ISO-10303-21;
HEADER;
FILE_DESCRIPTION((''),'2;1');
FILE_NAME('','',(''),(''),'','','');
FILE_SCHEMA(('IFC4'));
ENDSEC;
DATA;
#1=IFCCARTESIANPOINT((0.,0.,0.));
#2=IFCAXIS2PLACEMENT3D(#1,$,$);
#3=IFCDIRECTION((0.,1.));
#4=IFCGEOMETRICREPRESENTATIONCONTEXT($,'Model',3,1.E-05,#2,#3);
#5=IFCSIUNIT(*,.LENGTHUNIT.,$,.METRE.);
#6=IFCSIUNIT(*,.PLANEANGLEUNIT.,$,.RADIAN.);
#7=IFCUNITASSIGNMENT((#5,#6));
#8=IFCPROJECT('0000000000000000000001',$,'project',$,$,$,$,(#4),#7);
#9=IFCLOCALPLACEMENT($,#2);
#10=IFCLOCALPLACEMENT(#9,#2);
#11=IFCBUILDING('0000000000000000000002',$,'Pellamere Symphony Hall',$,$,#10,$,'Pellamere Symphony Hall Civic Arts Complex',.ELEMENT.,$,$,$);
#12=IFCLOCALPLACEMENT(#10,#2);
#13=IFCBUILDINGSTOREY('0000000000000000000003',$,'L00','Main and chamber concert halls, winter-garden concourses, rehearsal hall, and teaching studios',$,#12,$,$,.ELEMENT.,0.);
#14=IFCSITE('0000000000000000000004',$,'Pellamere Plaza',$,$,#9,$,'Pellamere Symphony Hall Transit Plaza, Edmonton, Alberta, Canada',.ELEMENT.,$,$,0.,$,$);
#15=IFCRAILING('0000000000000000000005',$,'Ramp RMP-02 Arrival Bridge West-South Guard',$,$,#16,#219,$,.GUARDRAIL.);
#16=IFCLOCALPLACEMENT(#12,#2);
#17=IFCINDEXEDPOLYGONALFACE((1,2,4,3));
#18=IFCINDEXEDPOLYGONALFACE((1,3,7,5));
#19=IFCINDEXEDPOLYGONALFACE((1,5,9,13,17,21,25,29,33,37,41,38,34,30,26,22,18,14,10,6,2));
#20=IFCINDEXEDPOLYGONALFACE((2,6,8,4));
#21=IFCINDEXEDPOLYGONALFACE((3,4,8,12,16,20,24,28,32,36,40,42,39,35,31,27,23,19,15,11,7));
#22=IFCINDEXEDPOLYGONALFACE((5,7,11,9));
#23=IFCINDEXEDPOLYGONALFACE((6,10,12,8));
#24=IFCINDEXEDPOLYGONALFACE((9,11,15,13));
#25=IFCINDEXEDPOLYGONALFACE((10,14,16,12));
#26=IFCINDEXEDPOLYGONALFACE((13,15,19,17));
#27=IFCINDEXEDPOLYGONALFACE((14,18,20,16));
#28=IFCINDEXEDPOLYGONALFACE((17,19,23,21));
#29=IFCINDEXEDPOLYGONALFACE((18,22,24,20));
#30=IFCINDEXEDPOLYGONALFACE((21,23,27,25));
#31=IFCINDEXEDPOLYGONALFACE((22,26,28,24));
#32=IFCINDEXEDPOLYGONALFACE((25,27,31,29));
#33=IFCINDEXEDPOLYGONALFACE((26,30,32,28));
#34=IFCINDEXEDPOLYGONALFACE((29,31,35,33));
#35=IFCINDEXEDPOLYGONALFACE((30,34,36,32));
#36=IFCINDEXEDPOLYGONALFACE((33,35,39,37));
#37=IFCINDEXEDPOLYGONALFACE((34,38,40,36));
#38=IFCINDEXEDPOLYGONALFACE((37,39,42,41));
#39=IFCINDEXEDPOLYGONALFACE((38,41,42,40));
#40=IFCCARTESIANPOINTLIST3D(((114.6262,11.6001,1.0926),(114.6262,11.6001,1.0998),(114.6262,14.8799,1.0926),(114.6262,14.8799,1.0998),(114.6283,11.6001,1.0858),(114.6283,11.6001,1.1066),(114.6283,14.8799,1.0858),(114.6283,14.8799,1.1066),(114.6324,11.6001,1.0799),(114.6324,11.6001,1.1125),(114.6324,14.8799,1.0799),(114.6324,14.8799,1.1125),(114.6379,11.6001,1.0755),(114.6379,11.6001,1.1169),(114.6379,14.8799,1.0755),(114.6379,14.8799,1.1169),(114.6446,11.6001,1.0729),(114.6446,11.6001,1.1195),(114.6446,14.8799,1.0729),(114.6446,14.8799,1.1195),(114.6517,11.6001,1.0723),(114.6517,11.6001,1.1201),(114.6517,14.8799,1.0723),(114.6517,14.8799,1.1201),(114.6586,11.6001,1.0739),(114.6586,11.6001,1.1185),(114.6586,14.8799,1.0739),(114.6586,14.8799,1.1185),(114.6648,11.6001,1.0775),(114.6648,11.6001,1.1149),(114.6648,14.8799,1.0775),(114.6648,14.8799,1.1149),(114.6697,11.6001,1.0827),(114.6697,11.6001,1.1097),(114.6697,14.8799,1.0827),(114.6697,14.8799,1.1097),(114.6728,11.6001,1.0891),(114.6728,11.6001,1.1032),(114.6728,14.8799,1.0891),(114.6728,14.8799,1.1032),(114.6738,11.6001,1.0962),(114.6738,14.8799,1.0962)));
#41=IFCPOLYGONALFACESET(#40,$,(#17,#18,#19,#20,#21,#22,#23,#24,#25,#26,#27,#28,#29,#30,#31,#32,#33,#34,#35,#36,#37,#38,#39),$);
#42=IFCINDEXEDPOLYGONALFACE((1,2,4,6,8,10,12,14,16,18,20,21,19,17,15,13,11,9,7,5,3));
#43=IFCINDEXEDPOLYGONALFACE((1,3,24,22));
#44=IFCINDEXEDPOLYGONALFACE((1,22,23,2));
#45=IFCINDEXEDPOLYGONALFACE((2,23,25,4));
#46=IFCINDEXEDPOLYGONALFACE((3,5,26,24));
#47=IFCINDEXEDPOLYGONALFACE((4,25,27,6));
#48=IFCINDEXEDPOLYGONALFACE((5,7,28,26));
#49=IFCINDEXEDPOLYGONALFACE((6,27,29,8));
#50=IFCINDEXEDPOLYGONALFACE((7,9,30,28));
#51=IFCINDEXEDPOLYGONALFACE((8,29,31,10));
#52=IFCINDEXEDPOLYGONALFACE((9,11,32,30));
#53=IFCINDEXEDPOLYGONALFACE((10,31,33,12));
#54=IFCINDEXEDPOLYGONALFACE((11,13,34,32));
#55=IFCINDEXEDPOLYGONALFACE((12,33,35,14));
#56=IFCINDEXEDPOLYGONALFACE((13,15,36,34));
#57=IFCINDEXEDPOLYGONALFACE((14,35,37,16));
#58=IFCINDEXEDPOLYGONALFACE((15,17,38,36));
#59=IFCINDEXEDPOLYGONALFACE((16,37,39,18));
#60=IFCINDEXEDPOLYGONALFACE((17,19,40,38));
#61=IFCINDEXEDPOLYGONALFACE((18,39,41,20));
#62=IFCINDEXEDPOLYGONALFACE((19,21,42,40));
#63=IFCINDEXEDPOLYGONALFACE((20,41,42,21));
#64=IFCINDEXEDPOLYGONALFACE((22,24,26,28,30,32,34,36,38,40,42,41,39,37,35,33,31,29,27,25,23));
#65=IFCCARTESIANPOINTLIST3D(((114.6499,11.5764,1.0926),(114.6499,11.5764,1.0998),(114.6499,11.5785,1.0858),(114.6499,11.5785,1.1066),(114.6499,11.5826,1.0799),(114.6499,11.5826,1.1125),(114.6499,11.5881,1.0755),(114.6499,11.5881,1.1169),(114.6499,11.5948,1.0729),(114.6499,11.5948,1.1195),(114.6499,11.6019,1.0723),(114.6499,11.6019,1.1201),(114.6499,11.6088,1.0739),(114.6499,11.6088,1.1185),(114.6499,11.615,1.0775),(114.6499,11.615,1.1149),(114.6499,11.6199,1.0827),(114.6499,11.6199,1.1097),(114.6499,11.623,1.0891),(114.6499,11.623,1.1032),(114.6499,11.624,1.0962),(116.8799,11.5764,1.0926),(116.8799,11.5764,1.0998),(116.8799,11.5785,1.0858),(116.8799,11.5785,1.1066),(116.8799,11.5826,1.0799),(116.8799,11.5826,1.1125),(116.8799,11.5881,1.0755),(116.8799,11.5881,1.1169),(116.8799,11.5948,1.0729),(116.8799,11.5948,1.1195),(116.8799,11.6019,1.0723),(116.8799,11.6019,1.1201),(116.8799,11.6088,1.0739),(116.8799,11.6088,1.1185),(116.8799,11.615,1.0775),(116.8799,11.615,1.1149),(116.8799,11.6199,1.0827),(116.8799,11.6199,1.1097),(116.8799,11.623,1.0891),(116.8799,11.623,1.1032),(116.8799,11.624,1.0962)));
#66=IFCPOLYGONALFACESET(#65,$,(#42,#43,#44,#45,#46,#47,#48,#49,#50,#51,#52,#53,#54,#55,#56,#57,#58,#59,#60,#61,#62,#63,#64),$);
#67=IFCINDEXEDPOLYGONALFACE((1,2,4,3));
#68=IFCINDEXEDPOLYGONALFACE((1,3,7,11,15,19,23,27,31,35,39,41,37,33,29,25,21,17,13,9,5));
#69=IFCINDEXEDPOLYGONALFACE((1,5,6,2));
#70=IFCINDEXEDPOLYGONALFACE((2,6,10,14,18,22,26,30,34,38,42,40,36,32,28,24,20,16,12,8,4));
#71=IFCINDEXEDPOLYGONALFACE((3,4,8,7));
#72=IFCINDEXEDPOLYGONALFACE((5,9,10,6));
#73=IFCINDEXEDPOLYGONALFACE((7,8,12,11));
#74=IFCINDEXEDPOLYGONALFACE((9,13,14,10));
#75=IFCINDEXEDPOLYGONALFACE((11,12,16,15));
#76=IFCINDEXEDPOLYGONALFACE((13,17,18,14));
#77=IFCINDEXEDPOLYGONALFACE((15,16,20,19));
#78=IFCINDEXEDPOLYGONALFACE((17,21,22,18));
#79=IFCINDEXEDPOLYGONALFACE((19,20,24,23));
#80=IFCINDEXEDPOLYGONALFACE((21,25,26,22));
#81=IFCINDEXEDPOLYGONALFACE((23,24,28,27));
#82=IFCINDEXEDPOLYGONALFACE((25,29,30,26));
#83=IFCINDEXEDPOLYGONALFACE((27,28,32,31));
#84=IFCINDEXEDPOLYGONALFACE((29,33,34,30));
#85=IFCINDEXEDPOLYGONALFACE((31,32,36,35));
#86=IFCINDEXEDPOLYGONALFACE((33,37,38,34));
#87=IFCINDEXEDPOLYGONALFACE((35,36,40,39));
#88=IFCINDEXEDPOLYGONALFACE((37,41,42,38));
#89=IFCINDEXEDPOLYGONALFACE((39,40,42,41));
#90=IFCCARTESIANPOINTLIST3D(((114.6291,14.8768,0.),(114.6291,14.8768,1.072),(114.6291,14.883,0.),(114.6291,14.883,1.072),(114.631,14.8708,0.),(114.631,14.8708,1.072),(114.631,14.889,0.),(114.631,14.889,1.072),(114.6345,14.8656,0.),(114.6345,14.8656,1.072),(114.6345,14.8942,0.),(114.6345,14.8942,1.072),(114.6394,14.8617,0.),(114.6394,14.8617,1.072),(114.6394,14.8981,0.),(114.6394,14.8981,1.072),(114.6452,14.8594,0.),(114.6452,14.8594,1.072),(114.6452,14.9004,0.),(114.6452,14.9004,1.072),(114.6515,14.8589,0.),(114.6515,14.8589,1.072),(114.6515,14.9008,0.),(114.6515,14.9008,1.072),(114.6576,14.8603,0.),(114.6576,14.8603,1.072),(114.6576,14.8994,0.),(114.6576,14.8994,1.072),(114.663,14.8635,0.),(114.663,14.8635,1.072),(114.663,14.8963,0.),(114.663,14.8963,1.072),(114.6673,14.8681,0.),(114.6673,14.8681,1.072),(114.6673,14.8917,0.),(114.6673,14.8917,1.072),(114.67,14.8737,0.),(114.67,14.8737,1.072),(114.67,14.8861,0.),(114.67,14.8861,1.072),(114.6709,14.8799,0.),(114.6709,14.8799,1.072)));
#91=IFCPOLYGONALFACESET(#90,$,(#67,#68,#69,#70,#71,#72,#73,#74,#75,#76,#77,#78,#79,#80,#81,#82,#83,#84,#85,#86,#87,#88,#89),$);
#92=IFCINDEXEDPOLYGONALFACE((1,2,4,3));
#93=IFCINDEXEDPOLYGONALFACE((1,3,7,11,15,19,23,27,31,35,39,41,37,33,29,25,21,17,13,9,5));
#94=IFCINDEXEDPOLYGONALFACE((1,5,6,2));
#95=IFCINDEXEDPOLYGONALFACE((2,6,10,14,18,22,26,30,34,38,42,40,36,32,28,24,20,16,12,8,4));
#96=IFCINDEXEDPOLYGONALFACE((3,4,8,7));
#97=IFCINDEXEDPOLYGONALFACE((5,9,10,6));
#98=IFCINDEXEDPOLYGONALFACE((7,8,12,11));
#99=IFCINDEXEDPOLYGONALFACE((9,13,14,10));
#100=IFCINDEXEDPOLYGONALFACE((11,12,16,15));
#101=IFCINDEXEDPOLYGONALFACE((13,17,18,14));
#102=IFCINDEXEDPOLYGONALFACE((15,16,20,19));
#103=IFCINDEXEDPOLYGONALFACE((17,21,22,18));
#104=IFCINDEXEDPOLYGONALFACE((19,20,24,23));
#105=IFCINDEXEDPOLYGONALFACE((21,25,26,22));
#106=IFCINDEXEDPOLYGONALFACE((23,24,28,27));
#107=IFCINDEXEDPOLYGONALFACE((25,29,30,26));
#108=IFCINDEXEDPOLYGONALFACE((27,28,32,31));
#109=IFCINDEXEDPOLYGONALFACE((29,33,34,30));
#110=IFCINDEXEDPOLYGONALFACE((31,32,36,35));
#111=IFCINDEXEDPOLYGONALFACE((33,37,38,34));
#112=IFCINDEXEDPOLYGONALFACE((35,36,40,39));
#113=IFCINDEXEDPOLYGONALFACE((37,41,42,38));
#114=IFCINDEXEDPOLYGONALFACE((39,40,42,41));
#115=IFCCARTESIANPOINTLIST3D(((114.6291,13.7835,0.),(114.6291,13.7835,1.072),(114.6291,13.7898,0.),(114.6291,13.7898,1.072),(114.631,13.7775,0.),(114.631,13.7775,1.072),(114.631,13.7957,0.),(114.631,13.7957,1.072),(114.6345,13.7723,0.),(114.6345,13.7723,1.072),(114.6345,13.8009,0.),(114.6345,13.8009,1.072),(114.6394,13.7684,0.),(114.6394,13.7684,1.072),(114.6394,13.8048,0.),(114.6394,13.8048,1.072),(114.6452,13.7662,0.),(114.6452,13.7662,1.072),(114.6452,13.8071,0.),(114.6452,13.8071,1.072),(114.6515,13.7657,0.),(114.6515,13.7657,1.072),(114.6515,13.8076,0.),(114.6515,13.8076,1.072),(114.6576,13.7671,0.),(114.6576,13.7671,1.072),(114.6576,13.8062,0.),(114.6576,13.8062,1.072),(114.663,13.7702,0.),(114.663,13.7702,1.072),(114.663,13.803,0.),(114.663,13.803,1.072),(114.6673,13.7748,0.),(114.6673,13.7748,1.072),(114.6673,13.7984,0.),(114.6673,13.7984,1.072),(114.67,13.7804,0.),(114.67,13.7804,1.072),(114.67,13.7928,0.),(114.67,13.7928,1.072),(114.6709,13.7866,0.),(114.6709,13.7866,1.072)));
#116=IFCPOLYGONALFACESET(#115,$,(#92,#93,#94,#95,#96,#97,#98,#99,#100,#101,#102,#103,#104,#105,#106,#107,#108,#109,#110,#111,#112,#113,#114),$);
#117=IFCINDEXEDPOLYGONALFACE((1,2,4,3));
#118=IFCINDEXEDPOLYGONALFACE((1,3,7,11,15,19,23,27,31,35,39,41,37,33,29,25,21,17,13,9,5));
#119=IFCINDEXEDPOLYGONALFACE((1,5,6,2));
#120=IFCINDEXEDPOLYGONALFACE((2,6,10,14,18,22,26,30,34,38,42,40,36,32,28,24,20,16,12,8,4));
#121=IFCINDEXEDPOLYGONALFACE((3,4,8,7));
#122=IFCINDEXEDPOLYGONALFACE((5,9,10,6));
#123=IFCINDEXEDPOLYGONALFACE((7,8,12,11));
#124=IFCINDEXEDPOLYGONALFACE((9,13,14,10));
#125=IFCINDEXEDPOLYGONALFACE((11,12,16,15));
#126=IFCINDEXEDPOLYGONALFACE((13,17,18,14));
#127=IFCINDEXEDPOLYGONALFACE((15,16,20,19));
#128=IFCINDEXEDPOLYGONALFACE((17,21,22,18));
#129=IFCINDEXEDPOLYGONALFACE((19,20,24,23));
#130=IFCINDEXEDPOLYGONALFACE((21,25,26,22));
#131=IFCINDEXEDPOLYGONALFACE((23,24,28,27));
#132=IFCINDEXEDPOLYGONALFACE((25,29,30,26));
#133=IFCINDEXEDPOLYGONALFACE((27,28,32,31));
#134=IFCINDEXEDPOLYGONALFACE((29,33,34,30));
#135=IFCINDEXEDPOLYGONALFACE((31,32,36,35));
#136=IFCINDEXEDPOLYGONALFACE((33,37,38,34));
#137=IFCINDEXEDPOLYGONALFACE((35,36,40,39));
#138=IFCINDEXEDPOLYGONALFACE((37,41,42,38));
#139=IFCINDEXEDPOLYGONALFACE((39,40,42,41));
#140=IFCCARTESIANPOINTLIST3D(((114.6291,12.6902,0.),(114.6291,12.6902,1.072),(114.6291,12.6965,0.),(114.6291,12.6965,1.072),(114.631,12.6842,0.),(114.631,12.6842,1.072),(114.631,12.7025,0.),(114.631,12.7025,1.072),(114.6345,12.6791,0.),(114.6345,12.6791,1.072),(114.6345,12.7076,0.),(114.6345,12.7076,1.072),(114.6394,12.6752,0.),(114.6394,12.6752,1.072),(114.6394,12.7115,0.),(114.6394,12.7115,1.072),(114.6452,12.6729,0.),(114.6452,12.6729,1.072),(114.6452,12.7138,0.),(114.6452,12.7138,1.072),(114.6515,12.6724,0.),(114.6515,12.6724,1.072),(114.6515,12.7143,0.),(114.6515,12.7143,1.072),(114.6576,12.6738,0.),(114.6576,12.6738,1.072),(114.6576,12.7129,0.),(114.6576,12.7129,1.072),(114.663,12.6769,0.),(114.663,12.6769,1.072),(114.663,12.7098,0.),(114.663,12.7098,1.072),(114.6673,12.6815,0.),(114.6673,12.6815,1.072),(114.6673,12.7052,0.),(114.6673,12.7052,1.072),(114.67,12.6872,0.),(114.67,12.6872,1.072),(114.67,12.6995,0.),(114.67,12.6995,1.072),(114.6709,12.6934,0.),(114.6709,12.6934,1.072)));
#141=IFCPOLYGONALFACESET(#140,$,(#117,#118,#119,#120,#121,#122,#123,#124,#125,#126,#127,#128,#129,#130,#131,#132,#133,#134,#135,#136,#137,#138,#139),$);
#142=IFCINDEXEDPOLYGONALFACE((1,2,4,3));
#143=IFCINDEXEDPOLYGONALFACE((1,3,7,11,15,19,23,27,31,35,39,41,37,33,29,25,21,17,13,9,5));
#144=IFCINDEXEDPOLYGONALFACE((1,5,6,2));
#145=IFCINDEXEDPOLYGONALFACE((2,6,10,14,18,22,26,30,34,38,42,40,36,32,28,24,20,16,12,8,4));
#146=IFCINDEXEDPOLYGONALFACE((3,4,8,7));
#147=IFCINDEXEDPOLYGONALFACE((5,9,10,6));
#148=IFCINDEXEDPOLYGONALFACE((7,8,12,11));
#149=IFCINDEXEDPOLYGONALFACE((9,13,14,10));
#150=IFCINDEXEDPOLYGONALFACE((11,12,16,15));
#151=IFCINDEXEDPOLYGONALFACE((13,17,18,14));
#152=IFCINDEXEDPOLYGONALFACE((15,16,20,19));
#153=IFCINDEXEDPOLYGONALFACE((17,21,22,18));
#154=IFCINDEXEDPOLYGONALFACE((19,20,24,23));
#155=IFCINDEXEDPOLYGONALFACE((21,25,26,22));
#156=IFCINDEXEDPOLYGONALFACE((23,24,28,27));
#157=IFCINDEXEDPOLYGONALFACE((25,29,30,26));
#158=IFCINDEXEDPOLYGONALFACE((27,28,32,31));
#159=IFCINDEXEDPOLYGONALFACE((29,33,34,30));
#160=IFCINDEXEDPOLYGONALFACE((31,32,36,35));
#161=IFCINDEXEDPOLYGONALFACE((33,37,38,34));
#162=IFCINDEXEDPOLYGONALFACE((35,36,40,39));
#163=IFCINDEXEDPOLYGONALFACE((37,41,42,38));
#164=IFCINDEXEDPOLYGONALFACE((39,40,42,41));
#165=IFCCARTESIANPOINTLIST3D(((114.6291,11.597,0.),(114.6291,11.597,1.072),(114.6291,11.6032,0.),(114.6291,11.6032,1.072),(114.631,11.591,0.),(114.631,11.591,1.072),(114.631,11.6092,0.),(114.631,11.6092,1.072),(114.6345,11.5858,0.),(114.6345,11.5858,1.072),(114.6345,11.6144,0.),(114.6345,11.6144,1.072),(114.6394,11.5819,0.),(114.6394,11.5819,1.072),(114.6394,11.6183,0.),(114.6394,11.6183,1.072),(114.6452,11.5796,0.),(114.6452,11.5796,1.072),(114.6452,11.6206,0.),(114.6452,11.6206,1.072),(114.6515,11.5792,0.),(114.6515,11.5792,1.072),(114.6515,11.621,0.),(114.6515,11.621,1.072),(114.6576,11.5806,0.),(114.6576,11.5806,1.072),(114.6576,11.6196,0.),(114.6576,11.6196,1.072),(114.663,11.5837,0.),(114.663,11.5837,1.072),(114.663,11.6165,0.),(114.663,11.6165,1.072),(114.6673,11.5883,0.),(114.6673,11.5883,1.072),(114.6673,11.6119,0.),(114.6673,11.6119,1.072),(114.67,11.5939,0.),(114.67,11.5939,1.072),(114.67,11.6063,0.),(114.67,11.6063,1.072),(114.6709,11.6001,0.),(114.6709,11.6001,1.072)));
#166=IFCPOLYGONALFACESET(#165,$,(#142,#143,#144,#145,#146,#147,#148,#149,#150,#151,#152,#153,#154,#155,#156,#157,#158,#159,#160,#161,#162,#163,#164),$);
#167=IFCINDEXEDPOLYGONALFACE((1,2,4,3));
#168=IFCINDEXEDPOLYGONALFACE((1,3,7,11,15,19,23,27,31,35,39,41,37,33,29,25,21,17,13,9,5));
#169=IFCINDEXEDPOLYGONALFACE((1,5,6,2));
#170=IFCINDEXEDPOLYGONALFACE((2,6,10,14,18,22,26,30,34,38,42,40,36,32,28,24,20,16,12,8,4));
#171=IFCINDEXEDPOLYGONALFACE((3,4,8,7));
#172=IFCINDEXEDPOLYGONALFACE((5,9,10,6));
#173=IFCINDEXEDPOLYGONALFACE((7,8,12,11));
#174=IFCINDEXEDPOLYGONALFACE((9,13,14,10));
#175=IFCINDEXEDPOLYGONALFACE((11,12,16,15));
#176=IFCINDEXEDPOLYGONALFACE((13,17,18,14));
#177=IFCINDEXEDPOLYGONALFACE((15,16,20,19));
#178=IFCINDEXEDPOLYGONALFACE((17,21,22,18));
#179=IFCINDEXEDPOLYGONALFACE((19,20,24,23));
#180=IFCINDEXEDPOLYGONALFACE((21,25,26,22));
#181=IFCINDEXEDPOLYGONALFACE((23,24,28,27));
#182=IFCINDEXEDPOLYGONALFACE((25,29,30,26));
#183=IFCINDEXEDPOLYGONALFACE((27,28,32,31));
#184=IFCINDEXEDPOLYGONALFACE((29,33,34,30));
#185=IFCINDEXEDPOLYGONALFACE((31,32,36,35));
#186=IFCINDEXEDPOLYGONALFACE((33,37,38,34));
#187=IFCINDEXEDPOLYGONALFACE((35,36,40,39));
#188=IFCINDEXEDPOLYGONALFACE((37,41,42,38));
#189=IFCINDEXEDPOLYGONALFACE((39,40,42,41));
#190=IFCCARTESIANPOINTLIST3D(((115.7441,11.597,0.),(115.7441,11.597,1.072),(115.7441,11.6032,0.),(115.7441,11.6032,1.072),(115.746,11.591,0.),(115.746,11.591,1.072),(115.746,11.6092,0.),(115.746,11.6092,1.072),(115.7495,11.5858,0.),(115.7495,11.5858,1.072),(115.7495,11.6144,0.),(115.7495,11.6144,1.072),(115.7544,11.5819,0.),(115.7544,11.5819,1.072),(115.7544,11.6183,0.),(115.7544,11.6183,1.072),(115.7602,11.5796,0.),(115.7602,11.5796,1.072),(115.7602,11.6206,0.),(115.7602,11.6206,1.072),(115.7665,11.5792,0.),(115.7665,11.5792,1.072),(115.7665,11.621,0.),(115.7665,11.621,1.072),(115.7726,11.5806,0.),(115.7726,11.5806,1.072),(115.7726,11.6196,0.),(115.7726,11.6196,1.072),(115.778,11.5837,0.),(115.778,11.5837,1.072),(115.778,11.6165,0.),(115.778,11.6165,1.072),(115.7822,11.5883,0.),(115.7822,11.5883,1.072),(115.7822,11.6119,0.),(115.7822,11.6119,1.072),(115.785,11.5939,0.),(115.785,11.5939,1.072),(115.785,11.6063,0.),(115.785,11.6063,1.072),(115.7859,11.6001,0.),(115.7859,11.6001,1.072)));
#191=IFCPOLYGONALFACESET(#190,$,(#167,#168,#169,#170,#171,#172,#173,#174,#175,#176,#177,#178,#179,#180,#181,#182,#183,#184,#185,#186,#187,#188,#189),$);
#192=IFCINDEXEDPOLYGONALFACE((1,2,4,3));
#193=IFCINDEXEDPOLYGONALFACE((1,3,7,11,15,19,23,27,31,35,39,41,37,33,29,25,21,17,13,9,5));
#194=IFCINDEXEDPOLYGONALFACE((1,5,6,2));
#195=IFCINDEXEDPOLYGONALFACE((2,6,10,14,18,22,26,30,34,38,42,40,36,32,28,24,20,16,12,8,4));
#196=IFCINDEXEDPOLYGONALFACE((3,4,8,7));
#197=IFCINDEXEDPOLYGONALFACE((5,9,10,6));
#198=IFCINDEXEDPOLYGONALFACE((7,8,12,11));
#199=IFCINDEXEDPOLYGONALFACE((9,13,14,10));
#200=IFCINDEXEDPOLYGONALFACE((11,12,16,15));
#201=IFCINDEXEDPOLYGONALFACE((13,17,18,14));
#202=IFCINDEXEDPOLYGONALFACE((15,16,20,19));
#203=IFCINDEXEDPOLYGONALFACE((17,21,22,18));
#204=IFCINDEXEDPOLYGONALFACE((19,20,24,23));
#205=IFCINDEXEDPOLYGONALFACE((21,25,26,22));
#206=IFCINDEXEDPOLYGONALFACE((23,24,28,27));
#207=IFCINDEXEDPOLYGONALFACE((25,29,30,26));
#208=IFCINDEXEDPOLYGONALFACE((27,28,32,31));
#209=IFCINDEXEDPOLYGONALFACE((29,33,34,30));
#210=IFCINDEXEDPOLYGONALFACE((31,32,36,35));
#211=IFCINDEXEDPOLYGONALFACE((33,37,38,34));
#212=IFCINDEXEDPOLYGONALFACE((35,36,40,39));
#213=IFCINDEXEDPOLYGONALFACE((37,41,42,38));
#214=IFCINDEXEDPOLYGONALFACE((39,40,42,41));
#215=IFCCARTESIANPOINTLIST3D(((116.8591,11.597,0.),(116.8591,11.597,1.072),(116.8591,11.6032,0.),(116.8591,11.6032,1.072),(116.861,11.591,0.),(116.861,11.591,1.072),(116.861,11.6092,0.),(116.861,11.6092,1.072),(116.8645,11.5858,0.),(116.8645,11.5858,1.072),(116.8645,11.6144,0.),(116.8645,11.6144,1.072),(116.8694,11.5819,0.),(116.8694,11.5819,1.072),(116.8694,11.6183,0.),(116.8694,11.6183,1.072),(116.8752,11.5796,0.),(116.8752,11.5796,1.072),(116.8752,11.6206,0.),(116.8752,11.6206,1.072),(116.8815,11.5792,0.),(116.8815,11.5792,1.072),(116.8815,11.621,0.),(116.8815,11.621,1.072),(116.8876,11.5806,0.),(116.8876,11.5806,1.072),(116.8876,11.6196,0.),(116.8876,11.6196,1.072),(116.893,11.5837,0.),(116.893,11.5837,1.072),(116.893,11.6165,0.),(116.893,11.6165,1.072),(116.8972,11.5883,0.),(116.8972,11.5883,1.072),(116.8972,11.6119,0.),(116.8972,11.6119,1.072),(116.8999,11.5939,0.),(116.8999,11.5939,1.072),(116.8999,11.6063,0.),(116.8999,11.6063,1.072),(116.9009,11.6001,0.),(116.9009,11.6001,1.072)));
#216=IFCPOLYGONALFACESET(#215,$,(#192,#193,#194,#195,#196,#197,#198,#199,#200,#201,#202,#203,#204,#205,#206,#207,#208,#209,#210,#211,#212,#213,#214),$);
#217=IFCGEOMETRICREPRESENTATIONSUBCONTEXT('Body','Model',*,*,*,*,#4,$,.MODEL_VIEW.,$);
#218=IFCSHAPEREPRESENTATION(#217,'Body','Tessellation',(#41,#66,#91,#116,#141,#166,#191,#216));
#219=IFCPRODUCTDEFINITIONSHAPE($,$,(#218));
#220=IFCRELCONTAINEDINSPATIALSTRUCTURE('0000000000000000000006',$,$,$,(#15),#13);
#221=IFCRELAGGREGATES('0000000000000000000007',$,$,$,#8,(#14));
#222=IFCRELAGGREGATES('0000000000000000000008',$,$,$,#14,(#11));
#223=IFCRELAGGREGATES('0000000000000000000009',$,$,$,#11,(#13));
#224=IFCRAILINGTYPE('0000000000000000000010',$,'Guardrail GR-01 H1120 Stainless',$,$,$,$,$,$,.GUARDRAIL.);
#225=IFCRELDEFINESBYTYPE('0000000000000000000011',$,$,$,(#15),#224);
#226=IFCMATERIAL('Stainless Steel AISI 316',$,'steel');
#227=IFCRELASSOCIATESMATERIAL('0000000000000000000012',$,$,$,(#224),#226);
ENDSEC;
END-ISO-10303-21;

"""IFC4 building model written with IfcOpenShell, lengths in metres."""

from ifc_helpers import new_model, si_unit, direction, frame, origin, origin_2d, place, context, subcontext, project, spatial, circle, extrude, material, type_object, element, save


model = new_model("IFC4")

# Units and contexts
model_context = context("Model", 3, precision=1e-05, world=origin(), true_north=direction((0.0, 1.0)))
body_context = subcontext(model_context, "Body", "Model", "MODEL_VIEW")
ifc_project = project(units=[si_unit("LENGTHUNIT", "METRE"), si_unit("PLANEANGLEUNIT", "RADIAN")], contexts=[model_context])

# Site, building, storey
site_placement = place(None, origin())
site = spatial("IfcSite", under=ifc_project, at=site_placement, Name="Pellamere Plaza", LongName="Pellamere Symphony Hall Transit Plaza, Edmonton, Alberta, Canada", CompositionType="ELEMENT", RefElevation=0.0)
building_placement = place(site_placement, origin())
building = spatial("IfcBuilding", under=site, at=building_placement, Name="Pellamere Symphony Hall", LongName="Pellamere Symphony Hall Civic Arts Complex", CompositionType="ELEMENT")
storey_placement = place(building_placement, origin())
storey = spatial("IfcBuildingStorey", under=building, at=storey_placement, Name="L00", Description="Main and chamber concert halls, winter-garden concourses, rehearsal hall, and teaching studios", CompositionType="ELEMENT", Elevation=0.0)

# Railing
ifc_material_1 = material(Name="Stainless Steel AISI 316", Category="steel")
railing_type_1 = type_object("IfcRailingType", Name="Guardrail GR-01 H1120 Stainless", PredefinedType="GUARDRAIL", material=ifc_material_1)
railing_1_placement = place(storey_placement, frame((114.6499, 14.8799, 0.0)))
element("IfcRailing", 1, at=railing_1_placement, inside=storey, type_object=railing_type_1, Name="Ramp RMP-02 Arrival Bridge West-South Guard", PredefinedType="GUARDRAIL", context=body_context, shape_type="SweptSolid", body=[
    extrude(circle(Radius=0.0239, at=origin_2d()), frame((0.0, 0.0, 1.0962), z_axis=(0.0, -1.0, 0.0), x_axis=(1.0, 0.0, 0.0)), (0.0, 0.0, 1.0), 3.2798),
    extrude(circle(Radius=0.0239, at=origin_2d()), frame((0.0, -3.2798, 1.0962), z_axis=(1.0, 0.0, 0.0), x_axis=(0.0, 1.0, 0.0)), (0.0, 0.0, 1.0), 2.23),
    extrude(circle(Radius=0.021, at=origin_2d()), origin(), (0.0, 0.0, 1.0), 1.072),
    extrude(circle(Radius=0.021, at=origin_2d()), frame((0.0, -1.0933, 0.0)), (0.0, 0.0, 1.0), 1.072),
    extrude(circle(Radius=0.021, at=origin_2d()), frame((0.0, -2.1865, 0.0)), (0.0, 0.0, 1.0), 1.072),
    extrude(circle(Radius=0.021, at=origin_2d()), frame((0.0, -3.2798, 0.0)), (0.0, 0.0, 1.0), 1.072),
    extrude(circle(Radius=0.021, at=origin_2d()), frame((1.115, -3.2798, 0.0)), (0.0, 0.0, 1.0), 1.072),
    extrude(circle(Radius=0.021, at=origin_2d()), frame((2.23, -3.2798, 0.0)), (0.0, 0.0, 1.0), 1.072),
])

save(model, "model.ifc")
